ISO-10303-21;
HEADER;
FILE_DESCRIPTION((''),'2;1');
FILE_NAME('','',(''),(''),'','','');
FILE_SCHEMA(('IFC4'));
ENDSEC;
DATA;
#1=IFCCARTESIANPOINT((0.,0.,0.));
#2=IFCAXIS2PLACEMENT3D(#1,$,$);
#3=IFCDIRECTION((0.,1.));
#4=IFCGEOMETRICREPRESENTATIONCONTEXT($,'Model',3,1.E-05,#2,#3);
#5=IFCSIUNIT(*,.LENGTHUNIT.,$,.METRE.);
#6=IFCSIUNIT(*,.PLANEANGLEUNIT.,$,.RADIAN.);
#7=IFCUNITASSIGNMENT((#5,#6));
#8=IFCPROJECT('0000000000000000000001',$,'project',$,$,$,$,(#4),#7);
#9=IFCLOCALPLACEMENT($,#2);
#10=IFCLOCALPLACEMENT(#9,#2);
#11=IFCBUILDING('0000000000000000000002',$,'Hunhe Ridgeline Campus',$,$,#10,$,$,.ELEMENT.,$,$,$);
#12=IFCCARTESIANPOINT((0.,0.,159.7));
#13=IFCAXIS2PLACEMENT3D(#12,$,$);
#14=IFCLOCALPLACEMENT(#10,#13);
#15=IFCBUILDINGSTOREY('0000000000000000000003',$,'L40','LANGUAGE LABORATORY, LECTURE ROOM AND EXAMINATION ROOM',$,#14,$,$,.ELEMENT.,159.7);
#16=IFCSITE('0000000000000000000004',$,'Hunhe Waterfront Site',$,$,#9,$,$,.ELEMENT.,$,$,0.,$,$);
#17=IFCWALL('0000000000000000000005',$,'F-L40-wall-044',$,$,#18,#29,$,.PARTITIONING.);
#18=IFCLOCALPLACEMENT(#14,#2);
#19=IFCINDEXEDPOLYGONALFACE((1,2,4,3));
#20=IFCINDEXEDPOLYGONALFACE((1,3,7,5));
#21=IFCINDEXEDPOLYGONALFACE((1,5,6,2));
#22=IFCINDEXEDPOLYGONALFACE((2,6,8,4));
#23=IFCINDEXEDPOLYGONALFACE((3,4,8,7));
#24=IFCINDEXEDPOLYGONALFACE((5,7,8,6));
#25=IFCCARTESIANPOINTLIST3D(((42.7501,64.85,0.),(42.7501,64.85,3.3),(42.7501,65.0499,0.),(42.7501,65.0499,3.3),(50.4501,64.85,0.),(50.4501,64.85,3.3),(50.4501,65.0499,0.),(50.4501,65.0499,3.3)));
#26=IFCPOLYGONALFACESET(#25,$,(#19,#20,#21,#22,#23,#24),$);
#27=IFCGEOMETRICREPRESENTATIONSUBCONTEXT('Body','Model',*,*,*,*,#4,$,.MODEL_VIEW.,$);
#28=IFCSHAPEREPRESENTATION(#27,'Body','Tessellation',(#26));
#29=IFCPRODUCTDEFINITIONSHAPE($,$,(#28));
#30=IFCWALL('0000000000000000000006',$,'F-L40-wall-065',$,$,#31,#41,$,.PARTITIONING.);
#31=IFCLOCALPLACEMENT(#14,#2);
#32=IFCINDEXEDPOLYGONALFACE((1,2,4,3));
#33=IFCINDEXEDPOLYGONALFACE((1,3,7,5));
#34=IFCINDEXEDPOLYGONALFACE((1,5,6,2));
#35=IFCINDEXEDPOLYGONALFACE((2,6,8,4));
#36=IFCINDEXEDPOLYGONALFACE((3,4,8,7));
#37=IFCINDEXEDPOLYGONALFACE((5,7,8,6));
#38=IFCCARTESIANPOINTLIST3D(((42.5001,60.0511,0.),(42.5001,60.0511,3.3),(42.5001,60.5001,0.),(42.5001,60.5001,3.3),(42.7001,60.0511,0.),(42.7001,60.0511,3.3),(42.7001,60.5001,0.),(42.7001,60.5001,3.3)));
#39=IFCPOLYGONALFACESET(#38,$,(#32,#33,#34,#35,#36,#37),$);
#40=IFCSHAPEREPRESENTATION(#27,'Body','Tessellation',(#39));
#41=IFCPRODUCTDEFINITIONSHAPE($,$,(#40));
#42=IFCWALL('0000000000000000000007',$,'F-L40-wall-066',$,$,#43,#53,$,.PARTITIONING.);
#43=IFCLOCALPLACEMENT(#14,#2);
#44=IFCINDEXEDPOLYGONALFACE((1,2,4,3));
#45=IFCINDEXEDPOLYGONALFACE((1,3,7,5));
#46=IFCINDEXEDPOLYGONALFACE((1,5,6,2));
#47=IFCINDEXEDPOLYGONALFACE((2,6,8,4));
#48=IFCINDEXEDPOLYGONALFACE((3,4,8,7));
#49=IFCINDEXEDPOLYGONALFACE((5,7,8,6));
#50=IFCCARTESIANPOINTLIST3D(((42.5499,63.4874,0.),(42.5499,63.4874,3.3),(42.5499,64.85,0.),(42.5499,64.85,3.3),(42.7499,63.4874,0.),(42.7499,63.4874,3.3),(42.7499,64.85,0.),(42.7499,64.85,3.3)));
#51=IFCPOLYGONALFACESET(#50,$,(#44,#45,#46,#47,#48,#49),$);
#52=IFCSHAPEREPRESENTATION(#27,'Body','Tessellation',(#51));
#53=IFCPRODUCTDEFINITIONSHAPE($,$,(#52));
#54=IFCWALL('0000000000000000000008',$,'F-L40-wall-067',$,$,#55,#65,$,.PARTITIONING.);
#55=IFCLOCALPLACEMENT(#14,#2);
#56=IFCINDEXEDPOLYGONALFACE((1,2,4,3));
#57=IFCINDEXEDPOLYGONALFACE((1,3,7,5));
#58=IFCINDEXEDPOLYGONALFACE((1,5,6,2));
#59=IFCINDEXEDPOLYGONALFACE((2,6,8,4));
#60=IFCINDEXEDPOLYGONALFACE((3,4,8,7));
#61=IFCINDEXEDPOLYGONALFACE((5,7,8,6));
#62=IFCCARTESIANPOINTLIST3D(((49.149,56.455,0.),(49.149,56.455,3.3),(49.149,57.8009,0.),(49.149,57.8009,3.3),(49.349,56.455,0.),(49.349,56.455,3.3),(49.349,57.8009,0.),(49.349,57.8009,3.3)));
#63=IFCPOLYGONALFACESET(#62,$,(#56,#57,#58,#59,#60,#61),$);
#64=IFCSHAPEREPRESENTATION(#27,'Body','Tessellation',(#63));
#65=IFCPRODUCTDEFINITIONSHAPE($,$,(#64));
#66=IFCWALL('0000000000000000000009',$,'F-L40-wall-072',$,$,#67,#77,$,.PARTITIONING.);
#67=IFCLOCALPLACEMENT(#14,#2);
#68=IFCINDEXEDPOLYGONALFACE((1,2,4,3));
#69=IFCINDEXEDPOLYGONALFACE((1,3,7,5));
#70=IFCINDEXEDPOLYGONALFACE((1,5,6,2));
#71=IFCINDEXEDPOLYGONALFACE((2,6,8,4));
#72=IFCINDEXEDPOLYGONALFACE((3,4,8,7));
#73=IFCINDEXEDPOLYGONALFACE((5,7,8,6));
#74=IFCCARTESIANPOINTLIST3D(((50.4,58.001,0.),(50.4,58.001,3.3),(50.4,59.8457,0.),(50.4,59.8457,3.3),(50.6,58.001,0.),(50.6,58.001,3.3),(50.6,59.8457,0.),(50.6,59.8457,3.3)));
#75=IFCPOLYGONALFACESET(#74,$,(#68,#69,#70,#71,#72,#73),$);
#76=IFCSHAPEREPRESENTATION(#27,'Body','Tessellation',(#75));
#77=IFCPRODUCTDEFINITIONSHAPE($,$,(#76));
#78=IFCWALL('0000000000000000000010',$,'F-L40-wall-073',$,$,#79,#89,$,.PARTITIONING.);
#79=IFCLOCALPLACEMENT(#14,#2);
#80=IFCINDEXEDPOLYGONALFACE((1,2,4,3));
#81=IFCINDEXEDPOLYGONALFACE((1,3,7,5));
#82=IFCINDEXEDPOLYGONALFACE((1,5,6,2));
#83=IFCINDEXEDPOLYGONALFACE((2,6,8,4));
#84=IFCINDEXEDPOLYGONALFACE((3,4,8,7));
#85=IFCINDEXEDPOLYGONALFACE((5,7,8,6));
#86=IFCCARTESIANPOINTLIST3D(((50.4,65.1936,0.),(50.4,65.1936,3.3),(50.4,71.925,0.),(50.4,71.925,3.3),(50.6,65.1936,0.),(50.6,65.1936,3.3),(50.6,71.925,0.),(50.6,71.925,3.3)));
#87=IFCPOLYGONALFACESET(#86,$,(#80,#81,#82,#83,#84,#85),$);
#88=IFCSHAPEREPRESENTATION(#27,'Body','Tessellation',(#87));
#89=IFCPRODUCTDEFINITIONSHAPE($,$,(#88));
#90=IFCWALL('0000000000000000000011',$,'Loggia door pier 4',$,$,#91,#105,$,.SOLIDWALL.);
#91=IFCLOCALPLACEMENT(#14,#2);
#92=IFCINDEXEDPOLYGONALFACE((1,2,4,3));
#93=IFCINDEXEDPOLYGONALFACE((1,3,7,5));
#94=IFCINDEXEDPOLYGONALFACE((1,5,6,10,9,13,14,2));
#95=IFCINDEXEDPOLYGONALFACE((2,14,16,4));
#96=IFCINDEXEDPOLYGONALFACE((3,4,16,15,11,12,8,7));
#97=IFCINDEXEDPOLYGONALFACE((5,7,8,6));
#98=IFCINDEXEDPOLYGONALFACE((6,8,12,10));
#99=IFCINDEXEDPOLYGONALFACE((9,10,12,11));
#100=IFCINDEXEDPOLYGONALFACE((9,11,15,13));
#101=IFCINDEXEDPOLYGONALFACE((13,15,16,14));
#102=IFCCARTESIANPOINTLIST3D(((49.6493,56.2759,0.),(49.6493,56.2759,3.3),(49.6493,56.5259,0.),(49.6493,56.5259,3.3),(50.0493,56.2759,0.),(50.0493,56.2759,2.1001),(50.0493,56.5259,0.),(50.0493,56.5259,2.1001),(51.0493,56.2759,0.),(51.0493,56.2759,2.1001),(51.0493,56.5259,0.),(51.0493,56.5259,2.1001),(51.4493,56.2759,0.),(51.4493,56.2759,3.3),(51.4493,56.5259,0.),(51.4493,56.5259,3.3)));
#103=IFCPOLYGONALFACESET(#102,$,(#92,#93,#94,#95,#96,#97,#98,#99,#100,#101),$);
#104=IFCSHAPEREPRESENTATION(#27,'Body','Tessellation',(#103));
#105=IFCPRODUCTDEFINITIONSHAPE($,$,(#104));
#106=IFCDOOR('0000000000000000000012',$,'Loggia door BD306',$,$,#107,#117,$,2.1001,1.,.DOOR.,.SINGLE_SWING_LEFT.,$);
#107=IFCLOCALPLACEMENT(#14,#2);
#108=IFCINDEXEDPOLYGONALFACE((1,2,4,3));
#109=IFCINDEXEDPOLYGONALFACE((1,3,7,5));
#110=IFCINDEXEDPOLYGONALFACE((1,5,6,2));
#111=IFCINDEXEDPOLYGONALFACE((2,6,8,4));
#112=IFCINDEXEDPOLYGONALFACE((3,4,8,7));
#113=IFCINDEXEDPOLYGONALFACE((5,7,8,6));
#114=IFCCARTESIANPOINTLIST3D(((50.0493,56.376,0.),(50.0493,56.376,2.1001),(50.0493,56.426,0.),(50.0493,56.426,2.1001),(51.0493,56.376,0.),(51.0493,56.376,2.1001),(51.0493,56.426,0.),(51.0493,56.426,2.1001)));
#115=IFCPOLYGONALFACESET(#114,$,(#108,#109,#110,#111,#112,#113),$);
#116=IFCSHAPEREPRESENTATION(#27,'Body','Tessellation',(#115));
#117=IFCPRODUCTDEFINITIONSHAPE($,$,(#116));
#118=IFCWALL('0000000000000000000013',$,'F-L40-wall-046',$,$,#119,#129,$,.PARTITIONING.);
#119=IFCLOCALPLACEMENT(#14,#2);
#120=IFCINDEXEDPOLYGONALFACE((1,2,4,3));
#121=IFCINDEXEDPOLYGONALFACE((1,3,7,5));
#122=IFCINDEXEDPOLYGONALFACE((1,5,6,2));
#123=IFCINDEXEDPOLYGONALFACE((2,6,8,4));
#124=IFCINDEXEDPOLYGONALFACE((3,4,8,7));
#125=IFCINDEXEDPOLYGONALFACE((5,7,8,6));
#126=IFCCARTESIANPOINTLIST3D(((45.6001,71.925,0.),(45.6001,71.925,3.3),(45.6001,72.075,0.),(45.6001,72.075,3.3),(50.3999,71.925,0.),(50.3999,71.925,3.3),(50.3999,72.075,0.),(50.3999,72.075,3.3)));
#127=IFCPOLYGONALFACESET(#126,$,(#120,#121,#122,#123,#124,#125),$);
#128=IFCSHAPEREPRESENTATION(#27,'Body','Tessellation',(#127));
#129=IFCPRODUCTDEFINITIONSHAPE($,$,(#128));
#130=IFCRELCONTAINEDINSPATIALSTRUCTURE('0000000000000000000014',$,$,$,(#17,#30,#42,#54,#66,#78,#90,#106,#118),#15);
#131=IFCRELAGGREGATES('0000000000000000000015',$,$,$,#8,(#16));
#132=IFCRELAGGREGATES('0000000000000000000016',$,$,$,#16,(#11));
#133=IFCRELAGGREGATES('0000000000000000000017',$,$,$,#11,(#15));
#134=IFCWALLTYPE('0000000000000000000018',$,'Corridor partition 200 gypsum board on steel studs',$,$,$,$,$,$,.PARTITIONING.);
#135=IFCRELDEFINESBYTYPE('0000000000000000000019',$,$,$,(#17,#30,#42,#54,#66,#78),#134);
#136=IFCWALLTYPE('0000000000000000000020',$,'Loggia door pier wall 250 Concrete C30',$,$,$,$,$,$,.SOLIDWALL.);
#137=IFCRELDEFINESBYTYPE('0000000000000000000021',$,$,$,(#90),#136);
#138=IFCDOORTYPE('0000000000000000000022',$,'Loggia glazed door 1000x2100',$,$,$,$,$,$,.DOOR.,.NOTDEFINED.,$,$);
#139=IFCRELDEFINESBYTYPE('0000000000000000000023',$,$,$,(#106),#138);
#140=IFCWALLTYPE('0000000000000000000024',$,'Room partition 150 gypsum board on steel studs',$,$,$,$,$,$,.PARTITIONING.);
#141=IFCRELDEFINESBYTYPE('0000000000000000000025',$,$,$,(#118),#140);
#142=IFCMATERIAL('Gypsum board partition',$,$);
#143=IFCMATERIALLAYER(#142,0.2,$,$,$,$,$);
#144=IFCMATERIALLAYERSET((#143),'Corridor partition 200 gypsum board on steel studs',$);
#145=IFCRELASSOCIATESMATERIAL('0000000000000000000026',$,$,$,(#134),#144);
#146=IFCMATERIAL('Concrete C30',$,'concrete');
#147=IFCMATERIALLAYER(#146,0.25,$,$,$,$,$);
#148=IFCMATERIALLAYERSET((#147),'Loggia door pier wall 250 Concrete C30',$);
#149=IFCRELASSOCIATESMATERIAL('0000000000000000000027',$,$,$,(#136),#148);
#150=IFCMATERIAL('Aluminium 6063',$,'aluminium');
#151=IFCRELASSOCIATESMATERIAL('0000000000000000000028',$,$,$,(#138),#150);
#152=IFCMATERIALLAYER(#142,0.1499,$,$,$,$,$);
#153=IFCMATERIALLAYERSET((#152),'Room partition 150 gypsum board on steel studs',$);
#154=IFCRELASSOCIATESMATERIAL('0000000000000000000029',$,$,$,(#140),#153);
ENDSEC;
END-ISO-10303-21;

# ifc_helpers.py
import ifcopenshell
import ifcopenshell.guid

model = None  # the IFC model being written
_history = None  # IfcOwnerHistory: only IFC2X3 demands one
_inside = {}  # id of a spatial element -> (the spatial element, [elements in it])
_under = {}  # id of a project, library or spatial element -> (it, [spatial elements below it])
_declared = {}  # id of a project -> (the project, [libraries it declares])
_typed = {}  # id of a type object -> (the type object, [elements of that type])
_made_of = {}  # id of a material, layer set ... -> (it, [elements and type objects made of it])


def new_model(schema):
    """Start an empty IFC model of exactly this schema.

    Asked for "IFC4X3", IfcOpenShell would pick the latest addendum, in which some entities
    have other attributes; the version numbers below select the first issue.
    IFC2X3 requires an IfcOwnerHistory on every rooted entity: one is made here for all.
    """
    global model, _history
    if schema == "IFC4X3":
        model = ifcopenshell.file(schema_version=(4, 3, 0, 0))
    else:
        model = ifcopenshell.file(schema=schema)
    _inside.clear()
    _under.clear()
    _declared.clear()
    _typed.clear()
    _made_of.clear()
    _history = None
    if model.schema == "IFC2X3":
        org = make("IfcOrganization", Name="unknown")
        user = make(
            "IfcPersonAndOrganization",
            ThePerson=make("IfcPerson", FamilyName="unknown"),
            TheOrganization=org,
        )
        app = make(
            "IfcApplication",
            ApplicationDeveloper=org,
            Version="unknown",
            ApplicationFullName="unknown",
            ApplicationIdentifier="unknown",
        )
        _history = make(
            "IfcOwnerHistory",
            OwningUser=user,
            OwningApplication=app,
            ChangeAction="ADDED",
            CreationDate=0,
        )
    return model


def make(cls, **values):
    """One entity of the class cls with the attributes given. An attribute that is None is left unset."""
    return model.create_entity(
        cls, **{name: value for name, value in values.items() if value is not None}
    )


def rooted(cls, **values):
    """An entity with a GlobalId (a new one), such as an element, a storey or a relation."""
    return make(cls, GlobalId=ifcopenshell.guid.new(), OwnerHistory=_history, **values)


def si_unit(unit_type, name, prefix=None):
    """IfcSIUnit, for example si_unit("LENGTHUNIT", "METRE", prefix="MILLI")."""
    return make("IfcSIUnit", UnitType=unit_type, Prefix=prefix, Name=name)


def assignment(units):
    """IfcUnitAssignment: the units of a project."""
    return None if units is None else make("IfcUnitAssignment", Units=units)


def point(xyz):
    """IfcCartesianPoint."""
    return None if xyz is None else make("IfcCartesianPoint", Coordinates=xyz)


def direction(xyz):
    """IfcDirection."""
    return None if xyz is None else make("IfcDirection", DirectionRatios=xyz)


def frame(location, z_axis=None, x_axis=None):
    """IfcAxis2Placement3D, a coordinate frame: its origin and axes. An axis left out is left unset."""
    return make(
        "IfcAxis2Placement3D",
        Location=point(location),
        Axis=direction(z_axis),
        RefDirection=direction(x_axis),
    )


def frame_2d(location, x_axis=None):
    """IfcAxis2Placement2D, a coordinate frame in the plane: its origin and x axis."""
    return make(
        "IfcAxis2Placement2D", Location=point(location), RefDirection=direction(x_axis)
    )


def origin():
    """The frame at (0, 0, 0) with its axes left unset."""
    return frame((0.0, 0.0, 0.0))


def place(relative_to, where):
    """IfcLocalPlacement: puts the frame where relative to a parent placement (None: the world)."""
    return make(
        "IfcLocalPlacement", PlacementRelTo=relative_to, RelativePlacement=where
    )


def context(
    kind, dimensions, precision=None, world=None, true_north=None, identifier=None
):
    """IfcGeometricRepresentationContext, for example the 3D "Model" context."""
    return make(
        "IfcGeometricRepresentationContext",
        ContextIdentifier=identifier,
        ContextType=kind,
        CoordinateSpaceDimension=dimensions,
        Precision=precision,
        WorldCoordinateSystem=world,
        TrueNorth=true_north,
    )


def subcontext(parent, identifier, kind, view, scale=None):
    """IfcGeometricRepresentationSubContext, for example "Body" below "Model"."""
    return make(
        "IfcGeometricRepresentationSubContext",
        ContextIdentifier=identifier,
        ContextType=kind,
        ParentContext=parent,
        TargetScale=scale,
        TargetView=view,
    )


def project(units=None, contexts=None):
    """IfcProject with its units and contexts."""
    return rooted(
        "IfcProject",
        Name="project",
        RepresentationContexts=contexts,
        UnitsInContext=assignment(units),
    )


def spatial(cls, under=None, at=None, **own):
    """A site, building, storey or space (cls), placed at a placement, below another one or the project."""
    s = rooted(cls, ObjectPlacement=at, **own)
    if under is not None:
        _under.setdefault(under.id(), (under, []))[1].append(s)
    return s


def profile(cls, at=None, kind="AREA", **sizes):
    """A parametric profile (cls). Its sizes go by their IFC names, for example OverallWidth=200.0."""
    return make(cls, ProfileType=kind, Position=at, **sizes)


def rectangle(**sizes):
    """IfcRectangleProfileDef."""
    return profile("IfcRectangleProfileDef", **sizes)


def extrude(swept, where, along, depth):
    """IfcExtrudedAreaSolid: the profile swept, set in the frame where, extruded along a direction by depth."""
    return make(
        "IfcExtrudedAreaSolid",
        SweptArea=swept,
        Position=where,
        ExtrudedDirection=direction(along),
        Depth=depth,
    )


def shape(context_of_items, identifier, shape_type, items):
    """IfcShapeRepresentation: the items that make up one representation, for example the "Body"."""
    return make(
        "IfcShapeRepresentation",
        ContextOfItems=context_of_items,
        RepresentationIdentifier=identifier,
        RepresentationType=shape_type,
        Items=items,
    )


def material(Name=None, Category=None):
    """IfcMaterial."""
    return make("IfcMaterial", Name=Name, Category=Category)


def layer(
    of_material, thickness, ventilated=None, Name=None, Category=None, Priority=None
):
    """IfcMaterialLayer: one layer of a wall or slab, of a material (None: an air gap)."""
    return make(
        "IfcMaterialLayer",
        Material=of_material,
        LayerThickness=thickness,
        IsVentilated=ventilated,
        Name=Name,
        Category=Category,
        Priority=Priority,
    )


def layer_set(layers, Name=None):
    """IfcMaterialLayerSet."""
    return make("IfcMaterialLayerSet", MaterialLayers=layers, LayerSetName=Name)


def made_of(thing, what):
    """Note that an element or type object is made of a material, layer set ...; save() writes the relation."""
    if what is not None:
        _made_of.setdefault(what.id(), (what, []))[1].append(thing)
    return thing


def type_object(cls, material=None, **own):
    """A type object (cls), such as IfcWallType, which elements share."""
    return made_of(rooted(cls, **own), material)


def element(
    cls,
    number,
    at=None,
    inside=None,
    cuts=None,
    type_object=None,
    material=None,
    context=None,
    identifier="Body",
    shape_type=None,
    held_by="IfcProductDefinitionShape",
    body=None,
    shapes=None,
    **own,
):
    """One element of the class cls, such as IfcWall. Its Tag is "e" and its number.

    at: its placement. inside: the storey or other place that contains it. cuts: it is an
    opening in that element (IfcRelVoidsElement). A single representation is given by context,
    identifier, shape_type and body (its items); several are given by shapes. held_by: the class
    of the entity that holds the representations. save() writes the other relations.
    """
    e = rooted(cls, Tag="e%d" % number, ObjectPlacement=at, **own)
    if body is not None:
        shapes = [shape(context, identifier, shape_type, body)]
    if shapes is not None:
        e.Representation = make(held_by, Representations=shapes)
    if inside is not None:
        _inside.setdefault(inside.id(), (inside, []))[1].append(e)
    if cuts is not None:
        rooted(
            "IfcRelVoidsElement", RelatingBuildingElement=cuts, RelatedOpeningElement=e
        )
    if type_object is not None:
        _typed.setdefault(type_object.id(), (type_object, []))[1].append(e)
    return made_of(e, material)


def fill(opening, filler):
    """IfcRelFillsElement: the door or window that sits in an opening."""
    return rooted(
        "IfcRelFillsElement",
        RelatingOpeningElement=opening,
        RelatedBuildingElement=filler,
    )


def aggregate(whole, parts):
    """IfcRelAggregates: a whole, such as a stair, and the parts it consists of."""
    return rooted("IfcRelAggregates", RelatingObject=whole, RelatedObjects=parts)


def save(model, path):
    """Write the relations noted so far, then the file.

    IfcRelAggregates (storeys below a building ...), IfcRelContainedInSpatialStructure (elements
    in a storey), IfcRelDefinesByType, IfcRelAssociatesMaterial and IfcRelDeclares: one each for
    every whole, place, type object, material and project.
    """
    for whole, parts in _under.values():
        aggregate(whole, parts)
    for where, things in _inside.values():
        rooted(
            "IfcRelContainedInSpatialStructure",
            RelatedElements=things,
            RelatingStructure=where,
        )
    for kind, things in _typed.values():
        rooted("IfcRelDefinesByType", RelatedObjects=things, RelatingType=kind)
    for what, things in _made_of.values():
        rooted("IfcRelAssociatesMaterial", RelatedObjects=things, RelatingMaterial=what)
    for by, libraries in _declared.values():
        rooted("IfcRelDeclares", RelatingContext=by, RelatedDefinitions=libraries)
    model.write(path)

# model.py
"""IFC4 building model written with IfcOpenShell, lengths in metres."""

from ifc_helpers import new_model, si_unit, direction, frame, frame_2d, origin, place, context, subcontext, project, spatial, rectangle, extrude, material, layer, layer_set, type_object, element, fill, save


model = new_model("IFC4")

# Units and contexts
model_context = context("Model", 3, precision=1e-05, world=origin(), true_north=direction((0.0, 1.0)))
body_context = subcontext(model_context, "Body", "Model", "MODEL_VIEW")
ifc_project = project(units=[si_unit("LENGTHUNIT", "METRE"), si_unit("PLANEANGLEUNIT", "RADIAN")], contexts=[model_context])

# Site, building, storey
site_placement = place(None, origin())
site = spatial("IfcSite", under=ifc_project, at=site_placement, Name="Hunhe Waterfront Site", CompositionType="ELEMENT", RefElevation=0.0)
building_placement = place(site_placement, origin())
building = spatial("IfcBuilding", under=site, at=building_placement, Name="Hunhe Ridgeline Campus", CompositionType="ELEMENT")
storey_placement = place(building_placement, frame((0.0, 0.0, 159.7)))
storey = spatial("IfcBuildingStorey", under=building, at=storey_placement, Name="L40", Description="LANGUAGE LABORATORY, LECTURE ROOM AND EXAMINATION ROOM", CompositionType="ELEMENT", Elevation=159.7)

# Shared definitions
ifc_material_1 = material(Name="Aluminium 6063", Category="aluminium")

# Shared definitions
ifc_material_2 = material(Name="Concrete C30", Category="concrete")
ifc_material_3 = material(Name="Gypsum board partition")
ifc_layer_1 = layer(ifc_material_3, 0.2)
ifc_layer_set_1 = layer_set([ifc_layer_1], Name="Corridor partition 200 gypsum board on steel studs")
wall_type_1 = type_object("IfcWallType", Name="Corridor partition 200 gypsum board on steel studs", PredefinedType="PARTITIONING", material=ifc_layer_set_1)

# Walls
wall_1_placement = place(storey_placement, frame((42.75, 64.95, 0.0), z_axis=(0.0, 0.0, 1.0), x_axis=(1.0, 0.0, 0.0)))
element("IfcWall", 1, at=wall_1_placement, inside=storey, type_object=wall_type_1, Name="F-L40-wall-044", PredefinedType="PARTITIONING", context=body_context, shape_type="SweptSolid", body=[
    extrude(rectangle(XDim=7.7, YDim=0.2, at=frame_2d((3.8501, 0.0))), origin(), (0.0, 0.0, 1.0), 3.3),
])
wall_2_placement = place(storey_placement, frame((42.6001, 60.051, 0.0), z_axis=(0.0, 0.0, 1.0), x_axis=(0.0, 1.0, 0.0)))
element("IfcWall", 2, at=wall_2_placement, inside=storey, type_object=wall_type_1, Name="F-L40-wall-065", PredefinedType="PARTITIONING", context=body_context, shape_type="SweptSolid", body=[
    extrude(rectangle(XDim=0.449, YDim=0.2, at=frame_2d((0.2246, 0.0))), origin(), (0.0, 0.0, 1.0), 3.3),
])
wall_3_placement = place(storey_placement, frame((42.6499, 63.4875, 0.0), z_axis=(0.0, 0.0, 1.0), x_axis=(0.0, 1.0, 0.0)))
element("IfcWall", 3, at=wall_3_placement, inside=storey, type_object=wall_type_1, Name="F-L40-wall-066", PredefinedType="PARTITIONING", context=body_context, shape_type="SweptSolid", body=[
    extrude(rectangle(XDim=1.3625, YDim=0.2, at=frame_2d((0.6812, 0.0))), origin(), (0.0, 0.0, 1.0), 3.3),
])
wall_4_placement = place(storey_placement, frame((49.249, 56.4551, 0.0), z_axis=(0.0, 0.0, 1.0), x_axis=(0.0, 1.0, 0.0)))
element("IfcWall", 4, at=wall_4_placement, inside=storey, type_object=wall_type_1, Name="F-L40-wall-067", PredefinedType="PARTITIONING", context=body_context, shape_type="SweptSolid", body=[
    extrude(rectangle(XDim=1.3459, YDim=0.2, at=frame_2d((0.6729, 0.0))), origin(), (0.0, 0.0, 1.0), 3.3),
])
wall_5_placement = place(storey_placement, frame((50.5, 58.001, 0.0), z_axis=(0.0, 0.0, 1.0), x_axis=(0.0, 1.0, 0.0)))
element("IfcWall", 5, at=wall_5_placement, inside=storey, type_object=wall_type_1, Name="F-L40-wall-072", PredefinedType="PARTITIONING", context=body_context, shape_type="SweptSolid", body=[
    extrude(rectangle(XDim=1.8447, YDim=0.2, at=frame_2d((0.9224, 0.0))), origin(), (0.0, 0.0, 1.0), 3.3),
])
wall_6_placement = place(storey_placement, frame((50.5, 65.1936, 0.0), z_axis=(0.0, 0.0, 1.0), x_axis=(0.0, 1.0, 0.0)))
element("IfcWall", 6, at=wall_6_placement, inside=storey, type_object=wall_type_1, Name="F-L40-wall-073", PredefinedType="PARTITIONING", context=body_context, shape_type="SweptSolid", body=[
    extrude(rectangle(XDim=6.7314, YDim=0.2, at=frame_2d((3.3657, 0.0))), origin(), (0.0, 0.0, 1.0), 3.3),
])

# Wall, opening, door
ifc_layer_2 = layer(ifc_material_2, 0.25)
ifc_layer_set_2 = layer_set([ifc_layer_2], Name="Loggia door pier wall 250 Concrete C30")
wall_type_2 = type_object("IfcWallType", Name="Loggia door pier wall 250 Concrete C30", PredefinedType="SOLIDWALL", material=ifc_layer_set_2)
wall_7_placement = place(storey_placement, frame((49.6494, 56.4009, 0.0), z_axis=(0.0, 0.0, 1.0), x_axis=(1.0, 0.0, 0.0)))
wall_7 = element("IfcWall", 7, at=wall_7_placement, inside=storey, type_object=wall_type_2, Name="Loggia door pier 4", PredefinedType="SOLIDWALL", context=body_context, shape_type="SweptSolid", body=[
    extrude(rectangle(XDim=1.8, YDim=0.25, at=frame_2d((0.8999, 0.0))), origin(), (0.0, 0.0, 1.0), 3.3),
])
opening_1_placement = place(wall_7_placement, frame((0.3999, 0.0, 0.0)))
opening_1 = element("IfcOpeningElement", 8, at=opening_1_placement, cuts=wall_7, PredefinedType="OPENING", context=body_context, shape_type="SweptSolid", body=[
    extrude(rectangle(XDim=1.0, YDim=2.1001, at=frame_2d((0.5, 1.05))), frame((0.0, 0.125, 0.0), z_axis=(0.0, -1.0, 0.0), x_axis=(1.0, 0.0, 0.0)), (0.0, 0.0, 1.0), 0.25),
])
door_type_1 = type_object("IfcDoorType", Name="Loggia glazed door 1000x2100", OperationType="NOTDEFINED", PredefinedType="DOOR", material=ifc_material_1)
door_1_placement = place(opening_1_placement, frame((1.0, 0.0, 0.0), z_axis=(0.0, 0.0, 1.0), x_axis=(-1.0, 0.0, 0.0)))
door_1 = element("IfcDoor", 9, at=door_1_placement, inside=storey, type_object=door_type_1, Name="Loggia door BD306", OperationType="SINGLE_SWING_LEFT", OverallHeight=2.1001, OverallWidth=1.0, PredefinedType="DOOR", context=body_context, shape_type="SweptSolid", body=[
    extrude(rectangle(XDim=1.0, YDim=2.1001, at=frame_2d((0.5, 1.05))), frame((0.0, 0.0249, 0.0), z_axis=(0.0, -1.0, 0.0), x_axis=(1.0, 0.0, 0.0)), (0.0, 0.0, 1.0), 0.05),
])
fill(opening_1, door_1)

# Wall
ifc_layer_3 = layer(ifc_material_3, 0.1499)
ifc_layer_set_3 = layer_set([ifc_layer_3], Name="Room partition 150 gypsum board on steel studs")
wall_type_3 = type_object("IfcWallType", Name="Room partition 150 gypsum board on steel studs", PredefinedType="PARTITIONING", material=ifc_layer_set_3)
wall_8_placement = place(storey_placement, frame((45.6001, 72.0, 0.0), z_axis=(0.0, 0.0, 1.0), x_axis=(1.0, 0.0, 0.0)))
element("IfcWall", 10, at=wall_8_placement, inside=storey, type_object=wall_type_3, Name="F-L40-wall-046", PredefinedType="PARTITIONING", context=body_context, shape_type="SweptSolid", body=[
    extrude(rectangle(XDim=4.7998, YDim=0.1499, at=frame_2d((2.3999, 0.0))), origin(), (0.0, 0.0, 1.0), 3.3),
])

save(model, "model.ifc")
